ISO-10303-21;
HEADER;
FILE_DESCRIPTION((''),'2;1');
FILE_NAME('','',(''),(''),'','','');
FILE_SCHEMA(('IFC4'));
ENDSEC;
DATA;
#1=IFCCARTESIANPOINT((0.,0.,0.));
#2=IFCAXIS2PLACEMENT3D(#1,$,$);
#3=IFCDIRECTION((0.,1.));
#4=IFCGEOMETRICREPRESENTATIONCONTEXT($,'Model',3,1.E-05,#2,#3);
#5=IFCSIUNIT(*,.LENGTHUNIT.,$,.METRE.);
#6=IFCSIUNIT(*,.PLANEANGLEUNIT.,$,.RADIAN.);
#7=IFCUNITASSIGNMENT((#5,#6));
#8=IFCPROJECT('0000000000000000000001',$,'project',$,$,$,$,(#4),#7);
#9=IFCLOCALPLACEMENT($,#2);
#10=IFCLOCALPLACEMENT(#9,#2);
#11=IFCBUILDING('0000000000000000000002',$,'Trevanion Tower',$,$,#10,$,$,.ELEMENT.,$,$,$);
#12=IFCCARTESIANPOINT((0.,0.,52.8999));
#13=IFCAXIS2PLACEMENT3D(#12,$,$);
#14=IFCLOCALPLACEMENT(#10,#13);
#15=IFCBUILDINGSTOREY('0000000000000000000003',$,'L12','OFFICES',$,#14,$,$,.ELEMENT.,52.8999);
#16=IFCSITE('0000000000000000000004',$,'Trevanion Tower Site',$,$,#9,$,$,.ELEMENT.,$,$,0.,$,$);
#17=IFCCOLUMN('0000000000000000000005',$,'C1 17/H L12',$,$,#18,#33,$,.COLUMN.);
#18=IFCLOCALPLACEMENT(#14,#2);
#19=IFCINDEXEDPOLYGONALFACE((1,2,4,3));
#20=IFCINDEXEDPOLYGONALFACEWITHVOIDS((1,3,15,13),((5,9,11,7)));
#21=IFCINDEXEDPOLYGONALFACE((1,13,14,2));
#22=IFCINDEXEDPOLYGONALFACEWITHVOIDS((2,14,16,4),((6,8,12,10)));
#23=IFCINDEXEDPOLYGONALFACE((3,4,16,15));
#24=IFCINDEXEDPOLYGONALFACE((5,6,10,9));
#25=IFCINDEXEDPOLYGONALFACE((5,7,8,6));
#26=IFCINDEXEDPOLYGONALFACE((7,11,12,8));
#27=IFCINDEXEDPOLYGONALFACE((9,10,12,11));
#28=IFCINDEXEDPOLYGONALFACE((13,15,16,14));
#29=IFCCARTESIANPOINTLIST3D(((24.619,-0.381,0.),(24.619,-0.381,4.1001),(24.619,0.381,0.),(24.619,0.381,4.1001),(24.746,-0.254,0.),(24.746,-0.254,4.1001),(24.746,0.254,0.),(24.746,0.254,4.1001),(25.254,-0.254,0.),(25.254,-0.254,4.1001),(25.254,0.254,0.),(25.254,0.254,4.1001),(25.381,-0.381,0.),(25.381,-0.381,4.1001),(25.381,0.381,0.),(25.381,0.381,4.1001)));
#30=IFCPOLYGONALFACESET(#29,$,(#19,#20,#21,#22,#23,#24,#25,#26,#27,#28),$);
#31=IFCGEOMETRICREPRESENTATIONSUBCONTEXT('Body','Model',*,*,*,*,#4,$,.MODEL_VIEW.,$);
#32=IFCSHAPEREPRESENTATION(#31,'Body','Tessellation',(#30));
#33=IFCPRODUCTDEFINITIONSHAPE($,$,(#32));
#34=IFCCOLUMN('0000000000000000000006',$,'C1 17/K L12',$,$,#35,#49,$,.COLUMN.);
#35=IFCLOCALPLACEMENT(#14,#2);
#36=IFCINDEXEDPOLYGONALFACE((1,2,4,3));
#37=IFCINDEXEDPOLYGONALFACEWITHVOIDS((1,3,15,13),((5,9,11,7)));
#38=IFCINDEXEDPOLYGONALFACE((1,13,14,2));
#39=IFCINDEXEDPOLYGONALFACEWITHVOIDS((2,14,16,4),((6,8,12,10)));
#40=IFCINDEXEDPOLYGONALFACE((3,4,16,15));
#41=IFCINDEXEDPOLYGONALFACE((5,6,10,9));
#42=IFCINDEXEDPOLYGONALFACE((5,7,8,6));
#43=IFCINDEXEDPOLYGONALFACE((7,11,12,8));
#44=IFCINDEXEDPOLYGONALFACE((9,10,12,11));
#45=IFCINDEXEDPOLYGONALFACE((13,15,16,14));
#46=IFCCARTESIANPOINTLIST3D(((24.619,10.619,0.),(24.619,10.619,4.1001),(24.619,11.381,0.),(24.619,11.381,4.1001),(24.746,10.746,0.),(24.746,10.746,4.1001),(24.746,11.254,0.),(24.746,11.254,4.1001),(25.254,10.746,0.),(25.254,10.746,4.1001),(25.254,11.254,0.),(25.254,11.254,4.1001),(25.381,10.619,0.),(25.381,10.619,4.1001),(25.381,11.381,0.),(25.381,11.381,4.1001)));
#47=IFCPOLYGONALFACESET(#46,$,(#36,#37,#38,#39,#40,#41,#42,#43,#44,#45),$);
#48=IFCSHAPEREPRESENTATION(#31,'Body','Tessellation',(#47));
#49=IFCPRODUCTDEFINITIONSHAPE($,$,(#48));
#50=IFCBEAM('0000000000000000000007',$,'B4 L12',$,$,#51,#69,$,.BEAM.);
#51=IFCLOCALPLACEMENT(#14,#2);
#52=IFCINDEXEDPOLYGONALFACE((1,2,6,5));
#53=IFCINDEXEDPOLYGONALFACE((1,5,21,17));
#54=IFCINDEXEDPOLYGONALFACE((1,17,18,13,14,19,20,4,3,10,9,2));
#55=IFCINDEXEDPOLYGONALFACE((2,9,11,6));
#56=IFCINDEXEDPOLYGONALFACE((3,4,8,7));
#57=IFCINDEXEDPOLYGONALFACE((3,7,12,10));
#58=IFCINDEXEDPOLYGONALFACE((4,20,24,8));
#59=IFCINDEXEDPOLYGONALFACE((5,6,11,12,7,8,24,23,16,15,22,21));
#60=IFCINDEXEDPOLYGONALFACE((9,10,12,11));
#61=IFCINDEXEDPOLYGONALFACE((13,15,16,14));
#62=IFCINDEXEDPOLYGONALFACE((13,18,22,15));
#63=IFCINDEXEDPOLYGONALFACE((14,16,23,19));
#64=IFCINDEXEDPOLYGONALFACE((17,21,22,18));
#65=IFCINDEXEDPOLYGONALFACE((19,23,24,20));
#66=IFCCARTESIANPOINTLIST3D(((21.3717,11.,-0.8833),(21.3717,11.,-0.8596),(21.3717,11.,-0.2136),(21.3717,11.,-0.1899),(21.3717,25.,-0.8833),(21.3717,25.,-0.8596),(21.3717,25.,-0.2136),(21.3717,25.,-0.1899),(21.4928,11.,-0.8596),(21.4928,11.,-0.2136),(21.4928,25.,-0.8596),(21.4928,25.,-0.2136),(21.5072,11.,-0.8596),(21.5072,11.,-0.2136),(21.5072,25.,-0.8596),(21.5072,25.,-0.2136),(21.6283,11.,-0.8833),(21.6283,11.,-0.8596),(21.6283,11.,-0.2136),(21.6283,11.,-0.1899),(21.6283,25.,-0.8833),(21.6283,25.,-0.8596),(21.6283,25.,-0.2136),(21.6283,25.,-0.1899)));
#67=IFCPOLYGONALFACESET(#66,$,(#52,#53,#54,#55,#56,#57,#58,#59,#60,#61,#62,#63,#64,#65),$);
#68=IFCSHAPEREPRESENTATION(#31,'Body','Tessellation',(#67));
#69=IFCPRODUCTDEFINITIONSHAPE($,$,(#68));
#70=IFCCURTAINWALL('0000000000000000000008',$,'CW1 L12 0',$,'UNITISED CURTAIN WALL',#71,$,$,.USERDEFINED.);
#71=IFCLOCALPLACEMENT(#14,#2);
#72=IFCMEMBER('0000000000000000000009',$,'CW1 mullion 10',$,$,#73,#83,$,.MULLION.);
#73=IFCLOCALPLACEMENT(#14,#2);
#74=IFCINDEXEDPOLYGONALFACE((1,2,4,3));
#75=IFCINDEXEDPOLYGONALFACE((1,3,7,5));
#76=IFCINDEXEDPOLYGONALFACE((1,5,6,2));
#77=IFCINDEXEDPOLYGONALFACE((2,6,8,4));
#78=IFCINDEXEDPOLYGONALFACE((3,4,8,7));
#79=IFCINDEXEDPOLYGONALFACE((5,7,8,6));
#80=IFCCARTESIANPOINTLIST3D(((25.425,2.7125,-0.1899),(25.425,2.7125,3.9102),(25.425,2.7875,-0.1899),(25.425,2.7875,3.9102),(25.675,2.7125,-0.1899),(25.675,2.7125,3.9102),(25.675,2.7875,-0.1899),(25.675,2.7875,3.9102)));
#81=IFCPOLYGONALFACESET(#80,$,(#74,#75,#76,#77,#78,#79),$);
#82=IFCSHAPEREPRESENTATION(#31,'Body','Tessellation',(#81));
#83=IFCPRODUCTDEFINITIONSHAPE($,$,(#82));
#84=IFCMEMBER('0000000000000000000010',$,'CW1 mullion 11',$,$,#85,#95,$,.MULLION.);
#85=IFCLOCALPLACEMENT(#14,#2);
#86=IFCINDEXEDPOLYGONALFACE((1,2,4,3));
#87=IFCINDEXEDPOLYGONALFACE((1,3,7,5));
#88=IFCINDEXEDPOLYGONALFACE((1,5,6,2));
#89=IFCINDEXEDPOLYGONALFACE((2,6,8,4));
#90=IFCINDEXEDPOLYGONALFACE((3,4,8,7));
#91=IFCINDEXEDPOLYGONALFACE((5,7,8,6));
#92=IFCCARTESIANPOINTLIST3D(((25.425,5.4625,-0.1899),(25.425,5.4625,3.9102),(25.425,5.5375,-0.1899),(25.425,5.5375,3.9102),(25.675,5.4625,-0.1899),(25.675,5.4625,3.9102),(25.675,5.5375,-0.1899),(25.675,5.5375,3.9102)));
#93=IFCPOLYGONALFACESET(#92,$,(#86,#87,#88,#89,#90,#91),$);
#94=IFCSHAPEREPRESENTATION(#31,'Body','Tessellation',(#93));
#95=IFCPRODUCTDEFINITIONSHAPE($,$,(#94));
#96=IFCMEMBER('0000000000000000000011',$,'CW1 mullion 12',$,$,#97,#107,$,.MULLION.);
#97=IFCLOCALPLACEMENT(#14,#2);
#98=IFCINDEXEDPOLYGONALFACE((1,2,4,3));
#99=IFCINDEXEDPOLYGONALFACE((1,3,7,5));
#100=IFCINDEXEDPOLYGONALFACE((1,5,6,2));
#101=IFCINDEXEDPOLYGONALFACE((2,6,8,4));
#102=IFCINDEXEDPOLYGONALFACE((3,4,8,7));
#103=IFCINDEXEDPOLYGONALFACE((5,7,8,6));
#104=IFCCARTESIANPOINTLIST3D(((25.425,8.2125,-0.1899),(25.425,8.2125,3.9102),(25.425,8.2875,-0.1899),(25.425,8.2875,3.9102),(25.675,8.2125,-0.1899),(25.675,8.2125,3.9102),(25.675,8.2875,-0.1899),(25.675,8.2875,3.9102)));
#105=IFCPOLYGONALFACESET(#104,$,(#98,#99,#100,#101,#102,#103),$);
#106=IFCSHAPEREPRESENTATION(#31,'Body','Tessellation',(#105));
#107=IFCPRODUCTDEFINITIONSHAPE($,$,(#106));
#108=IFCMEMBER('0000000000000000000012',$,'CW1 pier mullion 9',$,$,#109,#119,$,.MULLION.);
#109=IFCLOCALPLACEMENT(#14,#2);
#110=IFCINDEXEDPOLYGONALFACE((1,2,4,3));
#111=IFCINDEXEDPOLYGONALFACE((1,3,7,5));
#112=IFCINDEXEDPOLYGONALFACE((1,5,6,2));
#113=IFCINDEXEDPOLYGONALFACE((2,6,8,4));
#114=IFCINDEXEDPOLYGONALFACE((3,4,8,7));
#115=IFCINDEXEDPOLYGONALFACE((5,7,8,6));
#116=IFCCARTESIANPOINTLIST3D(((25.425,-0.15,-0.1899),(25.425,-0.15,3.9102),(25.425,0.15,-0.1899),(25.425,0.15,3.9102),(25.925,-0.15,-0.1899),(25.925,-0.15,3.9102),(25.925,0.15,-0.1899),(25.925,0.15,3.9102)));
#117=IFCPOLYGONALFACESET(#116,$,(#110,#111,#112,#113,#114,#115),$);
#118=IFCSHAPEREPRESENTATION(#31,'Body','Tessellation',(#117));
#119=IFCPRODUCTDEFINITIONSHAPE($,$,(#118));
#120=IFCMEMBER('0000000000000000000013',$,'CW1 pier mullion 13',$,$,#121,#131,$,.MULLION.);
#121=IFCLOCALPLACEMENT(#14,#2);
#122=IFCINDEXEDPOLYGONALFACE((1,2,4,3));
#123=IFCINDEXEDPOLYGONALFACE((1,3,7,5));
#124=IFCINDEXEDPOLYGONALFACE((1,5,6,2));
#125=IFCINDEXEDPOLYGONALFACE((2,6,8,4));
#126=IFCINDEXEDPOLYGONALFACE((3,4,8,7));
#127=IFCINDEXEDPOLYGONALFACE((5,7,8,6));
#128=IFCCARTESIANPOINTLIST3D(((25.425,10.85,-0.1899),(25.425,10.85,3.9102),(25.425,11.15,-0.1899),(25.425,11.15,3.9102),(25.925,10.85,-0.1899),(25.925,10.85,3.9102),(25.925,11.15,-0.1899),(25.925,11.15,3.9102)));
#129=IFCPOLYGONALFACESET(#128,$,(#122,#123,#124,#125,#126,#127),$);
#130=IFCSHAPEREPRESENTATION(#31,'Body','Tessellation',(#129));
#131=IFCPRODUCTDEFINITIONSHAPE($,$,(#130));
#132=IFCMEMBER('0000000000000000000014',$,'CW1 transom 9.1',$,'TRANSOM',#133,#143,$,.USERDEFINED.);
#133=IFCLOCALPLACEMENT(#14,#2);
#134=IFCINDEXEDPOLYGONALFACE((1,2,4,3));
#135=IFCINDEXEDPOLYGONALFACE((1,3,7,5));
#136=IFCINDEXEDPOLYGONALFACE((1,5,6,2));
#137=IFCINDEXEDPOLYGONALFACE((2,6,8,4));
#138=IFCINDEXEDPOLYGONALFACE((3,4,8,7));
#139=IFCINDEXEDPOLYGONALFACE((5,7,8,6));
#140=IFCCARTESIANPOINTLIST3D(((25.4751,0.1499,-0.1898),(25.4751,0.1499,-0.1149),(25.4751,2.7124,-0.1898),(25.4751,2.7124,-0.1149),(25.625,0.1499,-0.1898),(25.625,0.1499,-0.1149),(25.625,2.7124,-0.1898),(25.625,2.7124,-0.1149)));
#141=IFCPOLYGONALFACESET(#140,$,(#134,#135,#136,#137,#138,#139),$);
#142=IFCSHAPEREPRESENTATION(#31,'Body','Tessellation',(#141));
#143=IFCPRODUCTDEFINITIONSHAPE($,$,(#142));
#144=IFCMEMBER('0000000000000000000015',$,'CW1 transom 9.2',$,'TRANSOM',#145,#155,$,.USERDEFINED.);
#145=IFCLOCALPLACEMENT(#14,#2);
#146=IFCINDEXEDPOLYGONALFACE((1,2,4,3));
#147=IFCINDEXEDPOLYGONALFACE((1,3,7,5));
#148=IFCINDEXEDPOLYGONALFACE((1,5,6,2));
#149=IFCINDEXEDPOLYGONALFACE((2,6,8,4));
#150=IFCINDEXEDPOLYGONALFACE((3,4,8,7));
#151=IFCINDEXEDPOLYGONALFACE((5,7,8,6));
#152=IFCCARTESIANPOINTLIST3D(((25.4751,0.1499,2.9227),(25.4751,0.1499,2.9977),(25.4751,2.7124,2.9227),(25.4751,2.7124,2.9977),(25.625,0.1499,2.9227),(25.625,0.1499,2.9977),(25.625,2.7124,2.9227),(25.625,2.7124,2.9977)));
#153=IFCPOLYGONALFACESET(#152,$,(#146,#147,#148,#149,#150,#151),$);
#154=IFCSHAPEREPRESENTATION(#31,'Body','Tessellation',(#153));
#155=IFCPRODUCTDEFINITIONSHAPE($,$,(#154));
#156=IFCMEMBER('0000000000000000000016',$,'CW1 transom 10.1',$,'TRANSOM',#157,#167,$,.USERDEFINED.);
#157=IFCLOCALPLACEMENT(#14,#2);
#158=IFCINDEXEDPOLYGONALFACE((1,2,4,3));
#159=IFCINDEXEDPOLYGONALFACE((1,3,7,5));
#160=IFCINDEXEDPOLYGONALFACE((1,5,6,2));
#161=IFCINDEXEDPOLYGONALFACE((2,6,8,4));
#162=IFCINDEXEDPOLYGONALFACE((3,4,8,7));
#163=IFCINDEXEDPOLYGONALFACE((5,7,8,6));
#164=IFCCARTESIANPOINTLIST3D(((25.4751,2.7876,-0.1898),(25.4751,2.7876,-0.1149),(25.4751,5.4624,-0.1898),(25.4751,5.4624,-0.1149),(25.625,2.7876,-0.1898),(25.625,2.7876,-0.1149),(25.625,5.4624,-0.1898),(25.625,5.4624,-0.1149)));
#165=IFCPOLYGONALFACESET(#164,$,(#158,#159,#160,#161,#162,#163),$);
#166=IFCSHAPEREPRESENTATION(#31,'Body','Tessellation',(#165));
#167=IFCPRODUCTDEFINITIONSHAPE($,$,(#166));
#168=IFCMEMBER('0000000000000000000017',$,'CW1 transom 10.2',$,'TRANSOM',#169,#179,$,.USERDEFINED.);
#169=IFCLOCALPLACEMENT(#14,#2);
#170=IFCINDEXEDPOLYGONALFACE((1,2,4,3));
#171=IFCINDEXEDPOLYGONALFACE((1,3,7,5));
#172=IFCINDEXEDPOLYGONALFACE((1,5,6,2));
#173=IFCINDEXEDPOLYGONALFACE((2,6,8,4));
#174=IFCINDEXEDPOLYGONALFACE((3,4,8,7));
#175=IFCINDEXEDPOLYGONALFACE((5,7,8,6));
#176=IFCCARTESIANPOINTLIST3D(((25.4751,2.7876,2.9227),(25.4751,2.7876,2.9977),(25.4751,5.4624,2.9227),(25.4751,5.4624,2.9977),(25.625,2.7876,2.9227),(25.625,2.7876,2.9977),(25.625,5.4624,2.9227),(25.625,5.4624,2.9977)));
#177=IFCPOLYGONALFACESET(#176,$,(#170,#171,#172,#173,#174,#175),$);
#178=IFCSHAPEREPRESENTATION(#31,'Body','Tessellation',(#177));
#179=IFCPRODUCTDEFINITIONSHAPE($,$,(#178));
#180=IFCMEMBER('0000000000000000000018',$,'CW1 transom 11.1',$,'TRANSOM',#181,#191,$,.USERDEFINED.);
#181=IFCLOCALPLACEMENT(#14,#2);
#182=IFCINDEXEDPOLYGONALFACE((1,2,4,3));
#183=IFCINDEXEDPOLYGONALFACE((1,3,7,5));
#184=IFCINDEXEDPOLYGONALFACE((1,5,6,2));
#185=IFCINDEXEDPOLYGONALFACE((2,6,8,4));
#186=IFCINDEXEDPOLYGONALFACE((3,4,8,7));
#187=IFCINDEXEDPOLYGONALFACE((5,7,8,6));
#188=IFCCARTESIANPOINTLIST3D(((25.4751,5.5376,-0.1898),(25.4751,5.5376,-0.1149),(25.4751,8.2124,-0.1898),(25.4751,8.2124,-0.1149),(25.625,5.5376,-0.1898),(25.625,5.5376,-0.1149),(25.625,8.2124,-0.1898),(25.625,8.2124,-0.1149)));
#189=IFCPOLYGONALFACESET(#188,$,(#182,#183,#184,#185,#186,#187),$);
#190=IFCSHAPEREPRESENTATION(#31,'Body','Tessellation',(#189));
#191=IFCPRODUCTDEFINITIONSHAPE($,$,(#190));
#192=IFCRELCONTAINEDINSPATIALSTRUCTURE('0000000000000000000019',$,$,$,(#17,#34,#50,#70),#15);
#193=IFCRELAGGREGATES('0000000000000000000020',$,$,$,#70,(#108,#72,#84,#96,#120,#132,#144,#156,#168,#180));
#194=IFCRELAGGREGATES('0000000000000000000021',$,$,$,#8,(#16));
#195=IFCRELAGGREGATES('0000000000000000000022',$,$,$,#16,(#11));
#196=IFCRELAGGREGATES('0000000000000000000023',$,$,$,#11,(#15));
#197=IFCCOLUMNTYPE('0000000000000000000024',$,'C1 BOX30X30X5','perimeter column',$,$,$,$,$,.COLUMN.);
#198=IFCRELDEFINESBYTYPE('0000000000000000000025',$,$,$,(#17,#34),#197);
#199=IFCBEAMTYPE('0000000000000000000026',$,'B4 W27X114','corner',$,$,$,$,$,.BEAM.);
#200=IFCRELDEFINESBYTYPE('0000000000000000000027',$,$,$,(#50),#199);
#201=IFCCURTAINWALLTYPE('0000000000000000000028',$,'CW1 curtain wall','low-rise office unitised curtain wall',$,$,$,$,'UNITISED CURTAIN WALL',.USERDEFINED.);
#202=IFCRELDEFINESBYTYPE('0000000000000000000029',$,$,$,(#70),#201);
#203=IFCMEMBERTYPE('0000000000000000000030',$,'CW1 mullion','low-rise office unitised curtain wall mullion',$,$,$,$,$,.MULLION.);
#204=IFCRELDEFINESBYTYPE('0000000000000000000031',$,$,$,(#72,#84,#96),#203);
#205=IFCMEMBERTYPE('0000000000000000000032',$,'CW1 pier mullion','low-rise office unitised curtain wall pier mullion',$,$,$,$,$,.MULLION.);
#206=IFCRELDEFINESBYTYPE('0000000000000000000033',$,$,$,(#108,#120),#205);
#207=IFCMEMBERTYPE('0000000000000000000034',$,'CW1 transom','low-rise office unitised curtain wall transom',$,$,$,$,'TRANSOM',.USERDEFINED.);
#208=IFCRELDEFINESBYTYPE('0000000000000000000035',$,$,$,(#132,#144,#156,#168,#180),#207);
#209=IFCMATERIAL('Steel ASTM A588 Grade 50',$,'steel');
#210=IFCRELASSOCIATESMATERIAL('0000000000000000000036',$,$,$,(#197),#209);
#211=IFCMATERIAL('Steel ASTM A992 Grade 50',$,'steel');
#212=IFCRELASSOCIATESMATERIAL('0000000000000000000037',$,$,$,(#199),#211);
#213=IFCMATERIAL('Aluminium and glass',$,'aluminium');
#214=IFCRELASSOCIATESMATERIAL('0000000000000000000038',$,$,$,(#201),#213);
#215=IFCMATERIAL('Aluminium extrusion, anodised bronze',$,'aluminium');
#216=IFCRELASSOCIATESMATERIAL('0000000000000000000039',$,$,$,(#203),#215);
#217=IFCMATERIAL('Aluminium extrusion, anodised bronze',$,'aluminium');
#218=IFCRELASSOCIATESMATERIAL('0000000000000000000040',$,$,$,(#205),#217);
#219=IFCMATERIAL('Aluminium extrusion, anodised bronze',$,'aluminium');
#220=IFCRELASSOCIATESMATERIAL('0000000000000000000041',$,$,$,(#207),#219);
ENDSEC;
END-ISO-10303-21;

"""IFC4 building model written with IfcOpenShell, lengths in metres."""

from ifc_helpers import new_model, si_unit, direction, frame, origin, origin_2d, place, context, subcontext, project, spatial, rectangle, hollow_rectangle, i_section, extrude, material, material_profile, profile_set, type_object, element, aggregate, save


model = new_model("IFC4")

# Units and contexts
model_context = context("Model", 3, precision=1e-05, world=origin(), true_north=direction((0.0, 1.0)))
body_context = subcontext(model_context, "Body", "Model", "MODEL_VIEW")
ifc_project = project(units=[si_unit("LENGTHUNIT", "METRE"), si_unit("PLANEANGLEUNIT", "RADIAN")], contexts=[model_context])

# Site, building, storey
site_placement = place(None, origin())
site = spatial("IfcSite", under=ifc_project, at=site_placement, Name="Trevanion Tower Site", CompositionType="ELEMENT", RefElevation=0.0)
building_placement = place(site_placement, origin())
building = spatial("IfcBuilding", under=site, at=building_placement, Name="Trevanion Tower", CompositionType="ELEMENT")
storey_placement = place(building_placement, frame((0.0, 0.0, 52.8999)))
storey = spatial("IfcBuildingStorey", under=building, at=storey_placement, Name="L12", Description="OFFICES", CompositionType="ELEMENT", Elevation=52.8999)

# Columns
ifc_material_1 = material(Name="Steel ASTM A588 Grade 50", Category="steel")
ifc_material_profile_1 = material_profile(ifc_material_1, hollow_rectangle(XDim=0.762, YDim=0.762, WallThickness=0.127, at=origin_2d()), Name="BOX30X30X5")
ifc_profile_set_1 = profile_set([ifc_material_profile_1], Name="Steel ASTM A588 Grade 50")
column_type = type_object("IfcColumnType", Name="C1 BOX30X30X5", Description="perimeter column", PredefinedType="COLUMN", material=ifc_profile_set_1)
for number, where, z_axis, x_axis, name in (
    (1, (25.0, 0.0, 0.0), (0.0, 0.0, 1.0), (0.0, 1.0, 0.0), "C1 17/H L12"),
    (2, (25.0, 11.0, 0.0), (0.0, 0.0, 1.0), (0.0, 1.0, 0.0), "C1 17/K L12"),
):
    element("IfcColumn", number, at=place(storey_placement, frame(where, z_axis=z_axis, x_axis=x_axis)), inside=storey, type_object=column_type, Name=name, PredefinedType="COLUMN", context=body_context, shape_type="SweptSolid", body=[
        extrude(hollow_rectangle(XDim=0.762, YDim=0.762, WallThickness=0.127, at=origin_2d()), origin(), (0.0, 0.0, 1.0), 4.1001),
    ])

# Beam
ifc_material_2 = material(Name="Steel ASTM A992 Grade 50", Category="steel")
ifc_material_profile_2 = material_profile(ifc_material_2, i_section(OverallWidth=0.2566, OverallDepth=0.6934, WebThickness=0.0144, FlangeThickness=0.0237, at=origin_2d()), Name="W27X114")
ifc_profile_set_2 = profile_set([ifc_material_profile_2], Name="Steel ASTM A992 Grade 50")
beam_type_1 = type_object("IfcBeamType", Name="B4 W27X114", Description="corner", PredefinedType="BEAM", material=ifc_profile_set_2)
beam_1_placement = place(storey_placement, frame((21.5, 11.0, -0.5366), z_axis=(0.0, 1.0, 0.0), x_axis=(-1.0, 0.0, 0.0)))
element("IfcBeam", 3, at=beam_1_placement, inside=storey, type_object=beam_type_1, Name="B4 L12", PredefinedType="BEAM", context=body_context, shape_type="SweptSolid", body=[
    extrude(i_section(OverallWidth=0.2566, OverallDepth=0.6934, WebThickness=0.0144, FlangeThickness=0.0237, at=origin_2d()), origin(), (0.0, 0.0, 1.0), 14.0),
])

# Curtain wall, members
ifc_material_3 = material(Name="Aluminium and glass", Category="aluminium")
curtain_wall_type = type_object("IfcCurtainWallType", Name="CW1 curtain wall", Description="low-rise office unitised curtain wall", ElementType="UNITISED CURTAIN WALL", PredefinedType="USERDEFINED", material=ifc_material_3)
curtain_wall_placement = place(storey_placement, origin())
curtain_wall = element("IfcCurtainWall", 4, at=curtain_wall_placement, inside=storey, type_object=curtain_wall_type, Name="CW1 L12 0", ObjectType="UNITISED CURTAIN WALL", PredefinedType="USERDEFINED")
ifc_material_4 = material(Name="Aluminium extrusion, anodised bronze", Category="aluminium")
ifc_material_profile_3 = material_profile(ifc_material_4, rectangle(XDim=0.075, YDim=0.25, at=origin_2d()), Name="CW1 mullion")
ifc_profile_set_3 = profile_set([ifc_material_profile_3], Name="Aluminium extrusion, anodised bronze")
member_type_1 = type_object("IfcMemberType", Name="CW1 mullion", Description="low-rise office unitised curtain wall mullion", PredefinedType="MULLION", material=ifc_profile_set_3)
member_1_placement = place(storey_placement, frame((25.55, 2.75, -0.1899), z_axis=(0.0, 0.0, 1.0), x_axis=(0.0, 1.0, 0.0)))
member_1 = element("IfcMember", 5, at=member_1_placement, type_object=member_type_1, Name="CW1 mullion 10", PredefinedType="MULLION", context=body_context, shape_type="SweptSolid", body=[
    extrude(rectangle(XDim=0.075, YDim=0.25, at=origin_2d()), origin(), (0.0, 0.0, 1.0), 4.1001),
])
member_2_placement = place(storey_placement, frame((25.55, 5.5, -0.1899), z_axis=(0.0, 0.0, 1.0), x_axis=(0.0, 1.0, 0.0)))
member_2 = element("IfcMember", 6, at=member_2_placement, type_object=member_type_1, Name="CW1 mullion 11", PredefinedType="MULLION", context=body_context, shape_type="SweptSolid", body=[
    extrude(rectangle(XDim=0.075, YDim=0.25, at=origin_2d()), origin(), (0.0, 0.0, 1.0), 4.1001),
])
member_3_placement = place(storey_placement, frame((25.55, 8.25, -0.1899), z_axis=(0.0, 0.0, 1.0), x_axis=(0.0, 1.0, 0.0)))
member_3 = element("IfcMember", 7, at=member_3_placement, type_object=member_type_1, Name="CW1 mullion 12", PredefinedType="MULLION", context=body_context, shape_type="SweptSolid", body=[
    extrude(rectangle(XDim=0.075, YDim=0.25, at=origin_2d()), origin(), (0.0, 0.0, 1.0), 4.1001),
])
ifc_material_5 = material(Name="Aluminium extrusion, anodised bronze", Category="aluminium")
ifc_material_profile_4 = material_profile(ifc_material_5, rectangle(XDim=0.3, YDim=0.5, at=origin_2d()), Name="CW1 pier mullion")
ifc_profile_set_4 = profile_set([ifc_material_profile_4], Name="Aluminium extrusion, anodised bronze")
member_type_2 = type_object("IfcMemberType", Name="CW1 pier mullion", Description="low-rise office unitised curtain wall pier mullion", PredefinedType="MULLION", material=ifc_profile_set_4)
member_4_placement = place(storey_placement, frame((25.675, 0.0, -0.1899), z_axis=(0.0, 0.0, 1.0), x_axis=(0.0, 1.0, 0.0)))
member_4 = element("IfcMember", 8, at=member_4_placement, type_object=member_type_2, Name="CW1 pier mullion 9", PredefinedType="MULLION", context=body_context, shape_type="SweptSolid", body=[
    extrude(rectangle(XDim=0.3, YDim=0.5, at=origin_2d()), origin(), (0.0, 0.0, 1.0), 4.1001),
])
member_5_placement = place(storey_placement, frame((25.675, 11.0, -0.1899), z_axis=(0.0, 0.0, 1.0), x_axis=(0.0, 1.0, 0.0)))
member_5 = element("IfcMember", 9, at=member_5_placement, type_object=member_type_2, Name="CW1 pier mullion 13", PredefinedType="MULLION", context=body_context, shape_type="SweptSolid", body=[
    extrude(rectangle(XDim=0.3, YDim=0.5, at=origin_2d()), origin(), (0.0, 0.0, 1.0), 4.1001),
])
ifc_material_6 = material(Name="Aluminium extrusion, anodised bronze", Category="aluminium")
ifc_material_profile_5 = material_profile(ifc_material_6, rectangle(XDim=0.1499, YDim=0.075, at=origin_2d()), Name="CW1 transom")
ifc_profile_set_5 = profile_set([ifc_material_profile_5], Name="Aluminium extrusion, anodised bronze")
member_type_3 = type_object("IfcMemberType", Name="CW1 transom", Description="low-rise office unitised curtain wall transom", ElementType="TRANSOM", PredefinedType="USERDEFINED", material=ifc_profile_set_5)
member_6_placement = place(storey_placement, frame((25.55, 0.1499, -0.1523), z_axis=(0.0, 1.0, 0.0), x_axis=(-1.0, 0.0, 0.0)))
member_6 = element("IfcMember", 10, at=member_6_placement, type_object=member_type_3, Name="CW1 transom 9.1", ObjectType="TRANSOM", PredefinedType="USERDEFINED", context=body_context, shape_type="SweptSolid", body=[
    extrude(rectangle(XDim=0.1499, YDim=0.075, at=origin_2d()), origin(), (0.0, 0.0, 1.0), 2.5625),
])
member_7_placement = place(storey_placement, frame((25.55, 0.1499, 2.9602), z_axis=(0.0, 1.0, 0.0), x_axis=(-1.0, 0.0, 0.0)))
member_7 = element("IfcMember", 11, at=member_7_placement, type_object=member_type_3, Name="CW1 transom 9.2", ObjectType="TRANSOM", PredefinedType="USERDEFINED", context=body_context, shape_type="SweptSolid", body=[
    extrude(rectangle(XDim=0.1499, YDim=0.075, at=origin_2d()), origin(), (0.0, 0.0, 1.0), 2.5625),
])
member_8_placement = place(storey_placement, frame((25.55, 2.7876, -0.1523), z_axis=(0.0, 1.0, 0.0), x_axis=(-1.0, 0.0, 0.0)))
member_8 = element("IfcMember", 12, at=member_8_placement, type_object=member_type_3, Name="CW1 transom 10.1", ObjectType="TRANSOM", PredefinedType="USERDEFINED", context=body_context, shape_type="SweptSolid", body=[
    extrude(rectangle(XDim=0.1499, YDim=0.075, at=origin_2d()), origin(), (0.0, 0.0, 1.0), 2.6748),
])
member_9_placement = place(storey_placement, frame((25.55, 2.7876, 2.9602), z_axis=(0.0, 1.0, 0.0), x_axis=(-1.0, 0.0, 0.0)))
member_9 = element("IfcMember", 13, at=member_9_placement, type_object=member_type_3, Name="CW1 transom 10.2", ObjectType="TRANSOM", PredefinedType="USERDEFINED", context=body_context, shape_type="SweptSolid", body=[
    extrude(rectangle(XDim=0.1499, YDim=0.075, at=origin_2d()), origin(), (0.0, 0.0, 1.0), 2.6748),
])
member_10_placement = place(storey_placement, frame((25.55, 5.5376, -0.1523), z_axis=(0.0, 1.0, 0.0), x_axis=(-1.0, 0.0, 0.0)))
member_10 = element("IfcMember", 14, at=member_10_placement, type_object=member_type_3, Name="CW1 transom 11.1", ObjectType="TRANSOM", PredefinedType="USERDEFINED", context=body_context, shape_type="SweptSolid", body=[
    extrude(rectangle(XDim=0.1499, YDim=0.075, at=origin_2d()), origin(), (0.0, 0.0, 1.0), 2.6748),
])

aggregate(curtain_wall, [member_4, member_1, member_2, member_3, member_5, member_6, member_7, member_8, member_9, member_10])

save(model, "model.ifc")
